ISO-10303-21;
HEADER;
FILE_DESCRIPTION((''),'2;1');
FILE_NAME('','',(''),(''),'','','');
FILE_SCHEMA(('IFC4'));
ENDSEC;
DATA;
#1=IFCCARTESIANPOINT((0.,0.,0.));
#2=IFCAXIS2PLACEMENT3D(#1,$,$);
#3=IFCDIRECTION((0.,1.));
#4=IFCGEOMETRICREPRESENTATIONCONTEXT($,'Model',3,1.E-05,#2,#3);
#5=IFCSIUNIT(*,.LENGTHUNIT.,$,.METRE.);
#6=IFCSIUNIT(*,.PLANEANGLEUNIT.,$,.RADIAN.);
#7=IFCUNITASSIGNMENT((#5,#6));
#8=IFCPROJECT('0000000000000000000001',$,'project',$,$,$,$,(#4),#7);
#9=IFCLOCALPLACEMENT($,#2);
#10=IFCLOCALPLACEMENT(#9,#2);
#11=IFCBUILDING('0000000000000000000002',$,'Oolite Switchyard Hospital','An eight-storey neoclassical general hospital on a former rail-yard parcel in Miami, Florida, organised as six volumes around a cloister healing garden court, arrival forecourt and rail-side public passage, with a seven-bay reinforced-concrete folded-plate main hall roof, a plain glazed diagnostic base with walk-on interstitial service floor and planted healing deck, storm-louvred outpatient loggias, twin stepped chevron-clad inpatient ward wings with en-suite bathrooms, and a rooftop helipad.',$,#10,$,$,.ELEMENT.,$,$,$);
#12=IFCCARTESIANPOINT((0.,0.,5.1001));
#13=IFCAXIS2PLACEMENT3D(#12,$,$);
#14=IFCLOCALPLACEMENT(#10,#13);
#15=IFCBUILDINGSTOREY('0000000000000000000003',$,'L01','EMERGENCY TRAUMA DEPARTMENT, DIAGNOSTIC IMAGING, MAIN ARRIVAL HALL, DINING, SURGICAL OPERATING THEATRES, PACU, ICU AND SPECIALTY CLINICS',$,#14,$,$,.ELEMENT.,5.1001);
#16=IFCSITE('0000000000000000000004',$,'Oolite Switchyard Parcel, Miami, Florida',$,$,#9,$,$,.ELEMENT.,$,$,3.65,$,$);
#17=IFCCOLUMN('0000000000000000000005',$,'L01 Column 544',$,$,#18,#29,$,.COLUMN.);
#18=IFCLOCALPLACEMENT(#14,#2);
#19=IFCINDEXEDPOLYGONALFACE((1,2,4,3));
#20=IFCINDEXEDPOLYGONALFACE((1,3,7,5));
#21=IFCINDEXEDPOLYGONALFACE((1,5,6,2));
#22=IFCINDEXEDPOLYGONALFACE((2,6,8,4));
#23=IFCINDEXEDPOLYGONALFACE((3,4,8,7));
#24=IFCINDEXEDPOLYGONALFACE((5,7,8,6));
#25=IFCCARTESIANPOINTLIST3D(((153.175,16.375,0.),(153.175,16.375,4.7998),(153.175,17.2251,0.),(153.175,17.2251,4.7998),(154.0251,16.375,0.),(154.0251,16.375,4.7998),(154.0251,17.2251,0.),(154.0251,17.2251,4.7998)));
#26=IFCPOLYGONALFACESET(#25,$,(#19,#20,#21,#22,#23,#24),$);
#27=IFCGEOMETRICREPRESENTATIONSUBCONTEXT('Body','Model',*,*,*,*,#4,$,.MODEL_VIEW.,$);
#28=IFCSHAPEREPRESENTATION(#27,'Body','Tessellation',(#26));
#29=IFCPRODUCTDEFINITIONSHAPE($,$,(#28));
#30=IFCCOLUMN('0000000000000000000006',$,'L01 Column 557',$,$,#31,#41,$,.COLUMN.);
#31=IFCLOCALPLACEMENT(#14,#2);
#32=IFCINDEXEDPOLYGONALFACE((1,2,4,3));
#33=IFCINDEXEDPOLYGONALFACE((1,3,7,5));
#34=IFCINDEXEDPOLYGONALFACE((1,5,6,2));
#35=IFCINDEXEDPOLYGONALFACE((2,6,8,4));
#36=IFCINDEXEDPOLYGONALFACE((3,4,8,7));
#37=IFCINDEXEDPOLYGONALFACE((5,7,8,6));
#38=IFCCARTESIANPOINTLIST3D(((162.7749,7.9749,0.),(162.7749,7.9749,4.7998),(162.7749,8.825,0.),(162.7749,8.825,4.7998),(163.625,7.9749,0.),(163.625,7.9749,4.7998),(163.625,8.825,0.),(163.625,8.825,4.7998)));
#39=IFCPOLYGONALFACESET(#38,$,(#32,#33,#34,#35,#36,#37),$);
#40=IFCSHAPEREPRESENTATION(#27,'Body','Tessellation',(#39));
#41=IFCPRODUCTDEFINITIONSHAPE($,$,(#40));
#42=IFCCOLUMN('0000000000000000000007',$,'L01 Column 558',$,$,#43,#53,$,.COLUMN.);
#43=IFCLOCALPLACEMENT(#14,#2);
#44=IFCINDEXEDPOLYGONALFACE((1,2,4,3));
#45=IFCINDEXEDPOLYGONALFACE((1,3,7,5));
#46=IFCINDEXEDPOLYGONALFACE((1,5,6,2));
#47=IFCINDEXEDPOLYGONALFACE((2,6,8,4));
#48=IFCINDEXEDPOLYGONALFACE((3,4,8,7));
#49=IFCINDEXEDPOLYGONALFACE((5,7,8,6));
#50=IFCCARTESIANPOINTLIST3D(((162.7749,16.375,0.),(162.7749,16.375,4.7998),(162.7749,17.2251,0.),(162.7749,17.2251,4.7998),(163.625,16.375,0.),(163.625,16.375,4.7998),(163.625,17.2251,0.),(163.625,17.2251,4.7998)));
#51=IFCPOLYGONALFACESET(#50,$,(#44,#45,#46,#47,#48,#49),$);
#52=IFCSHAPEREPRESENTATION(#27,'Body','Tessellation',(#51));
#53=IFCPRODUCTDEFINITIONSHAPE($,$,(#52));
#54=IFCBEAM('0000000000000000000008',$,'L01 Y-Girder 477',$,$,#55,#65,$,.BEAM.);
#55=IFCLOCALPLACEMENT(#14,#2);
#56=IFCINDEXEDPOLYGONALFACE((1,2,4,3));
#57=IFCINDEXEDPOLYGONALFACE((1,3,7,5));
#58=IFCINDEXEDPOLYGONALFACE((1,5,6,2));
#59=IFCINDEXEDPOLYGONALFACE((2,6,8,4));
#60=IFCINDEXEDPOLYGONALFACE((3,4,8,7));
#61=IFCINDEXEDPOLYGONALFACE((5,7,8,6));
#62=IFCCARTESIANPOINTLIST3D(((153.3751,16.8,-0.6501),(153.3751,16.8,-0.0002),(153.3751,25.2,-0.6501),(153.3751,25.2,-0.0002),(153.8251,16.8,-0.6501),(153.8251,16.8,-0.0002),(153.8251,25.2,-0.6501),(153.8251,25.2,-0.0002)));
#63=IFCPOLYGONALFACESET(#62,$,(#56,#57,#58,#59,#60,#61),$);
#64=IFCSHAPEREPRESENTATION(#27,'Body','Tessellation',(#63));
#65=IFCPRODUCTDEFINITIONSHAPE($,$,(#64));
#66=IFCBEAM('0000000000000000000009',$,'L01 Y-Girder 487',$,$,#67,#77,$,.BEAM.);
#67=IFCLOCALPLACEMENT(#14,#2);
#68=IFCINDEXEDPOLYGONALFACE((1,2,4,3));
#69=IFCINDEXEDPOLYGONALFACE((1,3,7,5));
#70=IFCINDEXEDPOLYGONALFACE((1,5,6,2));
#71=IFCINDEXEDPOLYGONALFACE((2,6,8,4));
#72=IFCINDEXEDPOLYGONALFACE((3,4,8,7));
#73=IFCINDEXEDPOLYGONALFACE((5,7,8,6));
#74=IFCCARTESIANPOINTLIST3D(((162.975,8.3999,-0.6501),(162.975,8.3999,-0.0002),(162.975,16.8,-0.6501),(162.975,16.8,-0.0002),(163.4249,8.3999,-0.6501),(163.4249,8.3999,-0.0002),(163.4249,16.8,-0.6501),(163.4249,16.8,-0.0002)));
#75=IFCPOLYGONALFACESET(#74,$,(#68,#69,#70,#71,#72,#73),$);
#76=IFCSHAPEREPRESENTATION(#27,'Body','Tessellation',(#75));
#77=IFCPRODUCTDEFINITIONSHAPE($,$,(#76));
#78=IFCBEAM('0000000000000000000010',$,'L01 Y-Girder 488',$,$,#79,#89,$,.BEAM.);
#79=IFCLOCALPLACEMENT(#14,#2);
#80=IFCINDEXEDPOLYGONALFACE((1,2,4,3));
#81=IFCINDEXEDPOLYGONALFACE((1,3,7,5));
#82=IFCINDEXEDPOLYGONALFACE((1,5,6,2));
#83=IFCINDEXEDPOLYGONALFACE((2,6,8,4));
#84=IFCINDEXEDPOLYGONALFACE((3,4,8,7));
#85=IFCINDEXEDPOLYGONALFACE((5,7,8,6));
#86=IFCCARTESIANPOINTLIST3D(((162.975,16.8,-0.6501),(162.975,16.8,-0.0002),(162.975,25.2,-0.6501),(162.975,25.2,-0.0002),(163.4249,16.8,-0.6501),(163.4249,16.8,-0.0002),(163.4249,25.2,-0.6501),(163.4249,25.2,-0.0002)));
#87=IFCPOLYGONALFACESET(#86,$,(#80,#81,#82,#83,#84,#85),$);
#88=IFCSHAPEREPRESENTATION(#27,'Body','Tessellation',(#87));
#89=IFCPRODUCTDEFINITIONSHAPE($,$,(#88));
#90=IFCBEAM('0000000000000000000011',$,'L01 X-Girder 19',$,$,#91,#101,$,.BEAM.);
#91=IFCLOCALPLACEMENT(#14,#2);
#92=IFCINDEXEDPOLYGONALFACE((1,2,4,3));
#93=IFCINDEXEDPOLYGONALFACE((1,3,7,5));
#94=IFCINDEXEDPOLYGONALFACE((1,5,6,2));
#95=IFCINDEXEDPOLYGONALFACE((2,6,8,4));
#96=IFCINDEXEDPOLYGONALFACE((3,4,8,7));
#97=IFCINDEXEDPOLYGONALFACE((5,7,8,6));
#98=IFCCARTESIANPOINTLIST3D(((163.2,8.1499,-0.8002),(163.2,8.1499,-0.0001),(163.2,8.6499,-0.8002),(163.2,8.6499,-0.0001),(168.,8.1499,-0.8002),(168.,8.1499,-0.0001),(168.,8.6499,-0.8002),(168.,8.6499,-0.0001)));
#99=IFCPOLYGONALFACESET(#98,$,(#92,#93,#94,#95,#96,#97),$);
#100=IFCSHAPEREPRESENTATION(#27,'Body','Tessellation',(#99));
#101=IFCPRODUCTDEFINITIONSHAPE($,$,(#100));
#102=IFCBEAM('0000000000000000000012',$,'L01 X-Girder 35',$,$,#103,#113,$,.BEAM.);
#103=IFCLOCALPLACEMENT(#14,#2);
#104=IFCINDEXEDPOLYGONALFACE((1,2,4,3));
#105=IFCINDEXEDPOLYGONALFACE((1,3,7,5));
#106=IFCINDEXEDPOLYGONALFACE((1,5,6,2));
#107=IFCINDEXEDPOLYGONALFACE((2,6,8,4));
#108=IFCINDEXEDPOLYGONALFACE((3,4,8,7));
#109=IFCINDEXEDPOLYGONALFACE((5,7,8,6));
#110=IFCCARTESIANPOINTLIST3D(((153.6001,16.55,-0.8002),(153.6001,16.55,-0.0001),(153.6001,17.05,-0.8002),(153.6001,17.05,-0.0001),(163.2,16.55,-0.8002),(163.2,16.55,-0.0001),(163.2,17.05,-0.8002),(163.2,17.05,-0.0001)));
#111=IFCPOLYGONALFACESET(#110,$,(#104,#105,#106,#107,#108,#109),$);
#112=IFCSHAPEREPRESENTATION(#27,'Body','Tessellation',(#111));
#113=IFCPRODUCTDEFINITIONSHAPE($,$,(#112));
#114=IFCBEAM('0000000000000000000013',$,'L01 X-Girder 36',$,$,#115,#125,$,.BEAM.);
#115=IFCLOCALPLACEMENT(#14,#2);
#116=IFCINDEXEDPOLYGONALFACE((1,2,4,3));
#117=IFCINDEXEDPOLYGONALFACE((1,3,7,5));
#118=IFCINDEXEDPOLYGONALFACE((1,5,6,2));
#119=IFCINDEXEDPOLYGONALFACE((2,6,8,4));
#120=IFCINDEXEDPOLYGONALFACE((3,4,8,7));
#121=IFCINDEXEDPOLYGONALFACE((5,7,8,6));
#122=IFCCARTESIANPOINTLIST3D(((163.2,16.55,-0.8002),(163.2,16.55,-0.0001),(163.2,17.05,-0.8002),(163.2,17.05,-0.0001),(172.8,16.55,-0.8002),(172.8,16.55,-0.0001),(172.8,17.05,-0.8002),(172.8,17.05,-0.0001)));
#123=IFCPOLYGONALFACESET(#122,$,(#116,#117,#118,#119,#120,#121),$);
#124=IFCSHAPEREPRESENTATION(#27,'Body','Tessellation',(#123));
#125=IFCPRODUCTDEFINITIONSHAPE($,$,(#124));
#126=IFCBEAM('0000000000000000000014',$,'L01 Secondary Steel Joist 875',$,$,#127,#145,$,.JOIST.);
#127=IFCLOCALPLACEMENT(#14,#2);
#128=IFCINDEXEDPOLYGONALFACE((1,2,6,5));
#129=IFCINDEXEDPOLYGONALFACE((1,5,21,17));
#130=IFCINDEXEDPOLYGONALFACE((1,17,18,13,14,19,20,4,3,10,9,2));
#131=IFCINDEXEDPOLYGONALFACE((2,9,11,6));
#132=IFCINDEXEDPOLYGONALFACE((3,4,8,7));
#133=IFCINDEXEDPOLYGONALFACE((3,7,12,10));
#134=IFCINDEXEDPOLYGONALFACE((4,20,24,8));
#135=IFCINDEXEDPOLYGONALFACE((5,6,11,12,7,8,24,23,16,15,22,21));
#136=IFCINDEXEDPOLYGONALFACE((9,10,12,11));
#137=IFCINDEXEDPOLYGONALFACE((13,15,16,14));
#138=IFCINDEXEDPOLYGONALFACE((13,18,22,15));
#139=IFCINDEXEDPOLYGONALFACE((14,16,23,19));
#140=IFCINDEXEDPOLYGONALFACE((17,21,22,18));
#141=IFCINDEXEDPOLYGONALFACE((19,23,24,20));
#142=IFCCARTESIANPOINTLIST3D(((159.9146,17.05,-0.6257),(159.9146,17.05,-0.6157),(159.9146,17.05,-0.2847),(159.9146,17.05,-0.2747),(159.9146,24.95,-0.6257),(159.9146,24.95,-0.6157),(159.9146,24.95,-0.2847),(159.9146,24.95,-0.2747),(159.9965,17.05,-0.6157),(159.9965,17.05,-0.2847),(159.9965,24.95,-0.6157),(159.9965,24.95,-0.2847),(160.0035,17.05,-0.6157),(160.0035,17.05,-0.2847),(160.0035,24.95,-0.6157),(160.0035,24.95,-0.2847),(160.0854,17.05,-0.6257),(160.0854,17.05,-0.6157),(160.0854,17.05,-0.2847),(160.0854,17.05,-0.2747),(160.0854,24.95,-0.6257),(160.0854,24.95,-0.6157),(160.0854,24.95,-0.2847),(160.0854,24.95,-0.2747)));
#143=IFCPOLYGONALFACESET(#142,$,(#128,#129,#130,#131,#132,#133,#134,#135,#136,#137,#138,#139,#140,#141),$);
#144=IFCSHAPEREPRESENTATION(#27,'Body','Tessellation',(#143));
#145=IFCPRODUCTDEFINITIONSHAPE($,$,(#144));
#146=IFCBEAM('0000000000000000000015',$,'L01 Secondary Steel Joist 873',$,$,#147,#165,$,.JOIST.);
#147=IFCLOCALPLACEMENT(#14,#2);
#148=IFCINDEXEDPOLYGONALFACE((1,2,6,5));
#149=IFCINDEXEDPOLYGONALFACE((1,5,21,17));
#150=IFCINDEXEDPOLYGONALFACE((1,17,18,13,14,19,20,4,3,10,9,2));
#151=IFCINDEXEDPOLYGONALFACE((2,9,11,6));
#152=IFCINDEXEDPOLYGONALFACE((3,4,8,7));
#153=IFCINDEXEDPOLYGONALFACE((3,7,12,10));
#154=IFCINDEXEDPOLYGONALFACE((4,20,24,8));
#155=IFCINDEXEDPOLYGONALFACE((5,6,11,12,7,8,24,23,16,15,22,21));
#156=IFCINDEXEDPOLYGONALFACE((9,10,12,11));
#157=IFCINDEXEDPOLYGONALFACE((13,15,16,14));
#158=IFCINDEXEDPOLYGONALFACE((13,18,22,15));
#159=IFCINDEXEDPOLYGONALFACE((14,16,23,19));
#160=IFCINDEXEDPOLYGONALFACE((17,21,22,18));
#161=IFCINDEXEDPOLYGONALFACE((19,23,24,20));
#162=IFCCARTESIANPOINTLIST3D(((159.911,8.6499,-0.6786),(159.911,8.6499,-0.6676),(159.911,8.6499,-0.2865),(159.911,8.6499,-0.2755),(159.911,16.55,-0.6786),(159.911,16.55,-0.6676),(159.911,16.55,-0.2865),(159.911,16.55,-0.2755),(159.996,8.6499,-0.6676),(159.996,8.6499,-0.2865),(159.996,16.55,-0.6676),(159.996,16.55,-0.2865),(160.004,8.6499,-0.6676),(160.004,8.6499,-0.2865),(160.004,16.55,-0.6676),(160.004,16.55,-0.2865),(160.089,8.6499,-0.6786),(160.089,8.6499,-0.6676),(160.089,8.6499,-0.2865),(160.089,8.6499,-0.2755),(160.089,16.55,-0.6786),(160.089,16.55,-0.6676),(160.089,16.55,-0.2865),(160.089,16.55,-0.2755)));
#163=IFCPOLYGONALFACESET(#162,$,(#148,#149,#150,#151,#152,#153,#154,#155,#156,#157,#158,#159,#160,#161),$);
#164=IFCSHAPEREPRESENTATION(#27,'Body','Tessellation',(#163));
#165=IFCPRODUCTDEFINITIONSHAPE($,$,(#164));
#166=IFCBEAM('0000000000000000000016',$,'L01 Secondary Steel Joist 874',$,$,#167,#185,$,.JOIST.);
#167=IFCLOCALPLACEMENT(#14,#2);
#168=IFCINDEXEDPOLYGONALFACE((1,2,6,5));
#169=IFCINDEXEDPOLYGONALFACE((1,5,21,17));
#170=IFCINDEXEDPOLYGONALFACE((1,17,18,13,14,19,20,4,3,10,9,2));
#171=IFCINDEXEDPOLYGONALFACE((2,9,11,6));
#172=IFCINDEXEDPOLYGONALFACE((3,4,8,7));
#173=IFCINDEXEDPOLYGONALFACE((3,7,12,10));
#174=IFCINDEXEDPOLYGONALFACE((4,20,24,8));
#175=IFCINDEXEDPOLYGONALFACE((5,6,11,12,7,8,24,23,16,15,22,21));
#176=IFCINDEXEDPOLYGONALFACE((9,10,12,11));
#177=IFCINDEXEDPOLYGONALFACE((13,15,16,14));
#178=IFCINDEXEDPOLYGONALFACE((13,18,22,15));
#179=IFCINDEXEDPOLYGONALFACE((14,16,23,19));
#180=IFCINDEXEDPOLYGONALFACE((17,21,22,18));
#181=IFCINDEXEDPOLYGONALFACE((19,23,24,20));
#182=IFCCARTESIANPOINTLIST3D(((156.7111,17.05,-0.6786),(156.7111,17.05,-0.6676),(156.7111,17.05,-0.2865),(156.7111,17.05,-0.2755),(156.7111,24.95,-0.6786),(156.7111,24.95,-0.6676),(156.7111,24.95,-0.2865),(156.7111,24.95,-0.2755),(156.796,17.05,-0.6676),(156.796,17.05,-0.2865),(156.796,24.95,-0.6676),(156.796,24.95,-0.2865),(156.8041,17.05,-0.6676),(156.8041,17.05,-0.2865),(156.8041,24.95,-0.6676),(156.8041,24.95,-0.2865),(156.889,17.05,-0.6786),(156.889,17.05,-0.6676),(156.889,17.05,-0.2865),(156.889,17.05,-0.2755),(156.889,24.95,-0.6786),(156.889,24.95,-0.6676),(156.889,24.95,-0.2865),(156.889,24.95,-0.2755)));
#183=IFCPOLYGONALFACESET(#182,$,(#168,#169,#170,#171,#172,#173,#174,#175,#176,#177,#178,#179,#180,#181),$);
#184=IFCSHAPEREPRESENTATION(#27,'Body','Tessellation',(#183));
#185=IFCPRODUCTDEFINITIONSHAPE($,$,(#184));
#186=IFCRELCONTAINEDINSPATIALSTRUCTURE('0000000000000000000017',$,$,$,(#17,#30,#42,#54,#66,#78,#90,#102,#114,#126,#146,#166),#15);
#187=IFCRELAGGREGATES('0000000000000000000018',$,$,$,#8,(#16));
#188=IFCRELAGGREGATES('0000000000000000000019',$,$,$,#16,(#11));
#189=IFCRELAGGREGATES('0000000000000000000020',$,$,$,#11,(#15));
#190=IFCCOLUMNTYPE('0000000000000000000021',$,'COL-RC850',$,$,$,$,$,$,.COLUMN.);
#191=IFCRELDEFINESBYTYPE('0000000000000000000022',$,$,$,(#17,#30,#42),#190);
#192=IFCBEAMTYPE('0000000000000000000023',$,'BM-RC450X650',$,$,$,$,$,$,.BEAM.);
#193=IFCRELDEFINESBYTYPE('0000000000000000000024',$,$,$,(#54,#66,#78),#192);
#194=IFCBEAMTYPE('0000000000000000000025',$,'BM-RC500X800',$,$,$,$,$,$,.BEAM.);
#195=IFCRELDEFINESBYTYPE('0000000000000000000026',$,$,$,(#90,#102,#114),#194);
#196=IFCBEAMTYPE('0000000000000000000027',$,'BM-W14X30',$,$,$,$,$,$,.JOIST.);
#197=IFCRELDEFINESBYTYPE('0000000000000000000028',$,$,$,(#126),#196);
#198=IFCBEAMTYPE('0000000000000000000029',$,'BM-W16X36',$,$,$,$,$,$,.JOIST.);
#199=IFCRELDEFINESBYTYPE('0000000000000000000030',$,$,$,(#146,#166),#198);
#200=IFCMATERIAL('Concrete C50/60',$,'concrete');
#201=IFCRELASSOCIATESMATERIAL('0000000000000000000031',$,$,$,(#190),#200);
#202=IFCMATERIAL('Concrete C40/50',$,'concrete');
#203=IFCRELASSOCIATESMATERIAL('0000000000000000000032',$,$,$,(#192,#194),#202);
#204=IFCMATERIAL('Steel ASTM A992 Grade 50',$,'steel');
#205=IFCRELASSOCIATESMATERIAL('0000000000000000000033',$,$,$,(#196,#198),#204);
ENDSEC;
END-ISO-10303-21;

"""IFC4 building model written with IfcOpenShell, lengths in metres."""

from ifc_helpers import new_model, si_unit, direction, frame, origin, origin_2d, place, context, subcontext, project, spatial, rectangle, i_section, extrude, material, material_profile, profile_set, type_object, element, save


model = new_model("IFC4")

# Units and contexts
model_context = context("Model", 3, precision=1e-05, world=origin(), true_north=direction((0.0, 1.0)))
body_context = subcontext(model_context, "Body", "Model", "MODEL_VIEW")
ifc_project = project(units=[si_unit("LENGTHUNIT", "METRE"), si_unit("PLANEANGLEUNIT", "RADIAN")], contexts=[model_context])

# Site, building, storey
site_placement = place(None, origin())
site = spatial("IfcSite", under=ifc_project, at=site_placement, Name="Oolite Switchyard Parcel, Miami, Florida", CompositionType="ELEMENT", RefElevation=3.65)
building_placement = place(site_placement, origin())
building = spatial("IfcBuilding", under=site, at=building_placement, Name="Oolite Switchyard Hospital", Description="An eight-storey neoclassical general hospital on a former rail-yard parcel in Miami, Florida, organised as six volumes around a cloister healing garden court, arrival forecourt and rail-side public passage, with a seven-bay reinforced-concrete folded-plate main hall roof, a plain glazed diagnostic base with walk-on interstitial service floor and planted healing deck, storm-louvred outpatient loggias, twin stepped chevron-clad inpatient ward wings with en-suite bathrooms, and a rooftop helipad.", CompositionType="ELEMENT")
storey_placement = place(building_placement, frame((0.0, 0.0, 5.1001)))
storey = spatial("IfcBuildingStorey", under=building, at=storey_placement, Name="L01", Description="EMERGENCY TRAUMA DEPARTMENT, DIAGNOSTIC IMAGING, MAIN ARRIVAL HALL, DINING, SURGICAL OPERATING THEATRES, PACU, ICU AND SPECIALTY CLINICS", CompositionType="ELEMENT", Elevation=5.1001)

# Columns
ifc_material_1 = material(Name="Concrete C50/60", Category="concrete")
ifc_material_profile_1 = material_profile(ifc_material_1, rectangle(XDim=0.8501, YDim=0.8501, at=origin_2d()), Name="RC850X850")
ifc_profile_set_1 = profile_set([ifc_material_profile_1], Name="Concrete C50/60")
column_type = type_object("IfcColumnType", Name="COL-RC850", PredefinedType="COLUMN", material=ifc_profile_set_1)
for number, where, z_axis, x_axis, name in (
    (1, (153.6001, 16.8, 0.0), (0.0, 0.0, 1.0), (1.0, 0.0, 0.0), "L01 Column 544"),
    (2, (163.2, 8.3999, 0.0), (0.0, 0.0, 1.0), (1.0, 0.0, 0.0), "L01 Column 557"),
    (3, (163.2, 16.8, 0.0), (0.0, 0.0, 1.0), (1.0, 0.0, 0.0), "L01 Column 558"),
):
    element("IfcColumn", number, at=place(storey_placement, frame(where, z_axis=z_axis, x_axis=x_axis)), inside=storey, type_object=column_type, Name=name, PredefinedType="COLUMN", context=body_context, shape_type="SweptSolid", body=[
        extrude(rectangle(XDim=0.8501, YDim=0.8501, at=origin_2d()), origin(), (0.0, 0.0, 1.0), 4.7998),
    ])

# Beams
ifc_material_2 = material(Name="Concrete C40/50", Category="concrete")
ifc_material_profile_2 = material_profile(ifc_material_2, rectangle(XDim=0.45, YDim=0.6499, at=origin_2d()), Name="RCB450X650")
ifc_profile_set_2 = profile_set([ifc_material_profile_2], Name="Concrete C40/50")
beam_type_1 = type_object("IfcBeamType", Name="BM-RC450X650", PredefinedType="BEAM", material=ifc_profile_set_2)
beam_1_placement = place(storey_placement, frame((153.6001, 16.8, -0.3252), z_axis=(0.0, 1.0, 0.0), x_axis=(-1.0, 0.0, 0.0)))
element("IfcBeam", 4, at=beam_1_placement, inside=storey, type_object=beam_type_1, Name="L01 Y-Girder 477", PredefinedType="BEAM", context=body_context, shape_type="SweptSolid", body=[
    extrude(rectangle(XDim=0.45, YDim=0.6499, at=origin_2d()), origin(), (0.0, 0.0, 1.0), 8.3999),
])
beam_2_placement = place(storey_placement, frame((163.2, 8.3999, -0.3252), z_axis=(0.0, 1.0, 0.0), x_axis=(-1.0, 0.0, 0.0)))
element("IfcBeam", 5, at=beam_2_placement, inside=storey, type_object=beam_type_1, Name="L01 Y-Girder 487", PredefinedType="BEAM", context=body_context, shape_type="SweptSolid", body=[
    extrude(rectangle(XDim=0.45, YDim=0.6499, at=origin_2d()), origin(), (0.0, 0.0, 1.0), 8.4001),
])
beam_3_placement = place(storey_placement, frame((163.2, 16.8, -0.3252), z_axis=(0.0, 1.0, 0.0), x_axis=(-1.0, 0.0, 0.0)))
element("IfcBeam", 6, at=beam_3_placement, inside=storey, type_object=beam_type_1, Name="L01 Y-Girder 488", PredefinedType="BEAM", context=body_context, shape_type="SweptSolid", body=[
    extrude(rectangle(XDim=0.45, YDim=0.6499, at=origin_2d()), origin(), (0.0, 0.0, 1.0), 8.3999),
])
ifc_material_profile_3 = material_profile(ifc_material_2, rectangle(XDim=0.5, YDim=0.8, at=origin_2d()), Name="RCB500X800")
ifc_profile_set_3 = profile_set([ifc_material_profile_3], Name="Concrete C40/50")
beam_type_2 = type_object("IfcBeamType", Name="BM-RC500X800", PredefinedType="BEAM", material=ifc_profile_set_3)
beam_4_placement = place(storey_placement, frame((163.2, 8.3999, -0.4001), z_axis=(1.0, 0.0, 0.0), x_axis=(0.0, 1.0, 0.0)))
element("IfcBeam", 7, at=beam_4_placement, inside=storey, type_object=beam_type_2, Name="L01 X-Girder 19", PredefinedType="BEAM", context=body_context, shape_type="SweptSolid", body=[
    extrude(rectangle(XDim=0.5, YDim=0.8, at=origin_2d()), origin(), (0.0, 0.0, 1.0), 4.8),
])
beam_5_placement = place(storey_placement, frame((153.6001, 16.8, -0.4001), z_axis=(1.0, 0.0, 0.0), x_axis=(0.0, 1.0, 0.0)))
element("IfcBeam", 8, at=beam_5_placement, inside=storey, type_object=beam_type_2, Name="L01 X-Girder 35", PredefinedType="BEAM", context=body_context, shape_type="SweptSolid", body=[
    extrude(rectangle(XDim=0.5, YDim=0.8, at=origin_2d()), origin(), (0.0, 0.0, 1.0), 9.5999),
])
beam_6_placement = place(storey_placement, frame((163.2, 16.8, -0.4001), z_axis=(1.0, 0.0, 0.0), x_axis=(0.0, 1.0, 0.0)))
element("IfcBeam", 9, at=beam_6_placement, inside=storey, type_object=beam_type_2, Name="L01 X-Girder 36", PredefinedType="BEAM", context=body_context, shape_type="SweptSolid", body=[
    extrude(rectangle(XDim=0.5, YDim=0.8, at=origin_2d()), origin(), (0.0, 0.0, 1.0), 9.6001),
])
ifc_material_3 = material(Name="Steel ASTM A992 Grade 50", Category="steel")
ifc_material_profile_4 = material_profile(ifc_material_3, i_section(OverallWidth=0.1709, OverallDepth=0.3511, WebThickness=0.0071, FlangeThickness=0.01, at=origin_2d()), Name="W14X30")
ifc_profile_set_4 = profile_set([ifc_material_profile_4], Name="Steel ASTM A992 Grade 50")
beam_type_3 = type_object("IfcBeamType", Name="BM-W14X30", PredefinedType="JOIST", material=ifc_profile_set_4)
beam_7_placement = place(storey_placement, frame((160.0, 17.05, -0.4502), z_axis=(0.0, 1.0, 0.0), x_axis=(-1.0, 0.0, 0.0)))
element("IfcBeam", 10, at=beam_7_placement, inside=storey, type_object=beam_type_3, Name="L01 Secondary Steel Joist 875", PredefinedType="JOIST", context=body_context, shape_type="SweptSolid", body=[
    extrude(i_section(OverallWidth=0.1709, OverallDepth=0.3511, WebThickness=0.0071, FlangeThickness=0.01, at=origin_2d()), origin(), (0.0, 0.0, 1.0), 7.8999),
])
ifc_material_profile_5 = material_profile(ifc_material_3, i_section(OverallWidth=0.178, OverallDepth=0.4031, WebThickness=0.0081, FlangeThickness=0.011, at=origin_2d()), Name="W16X36")
ifc_profile_set_5 = profile_set([ifc_material_profile_5], Name="Steel ASTM A992 Grade 50")
beam_type_4 = type_object("IfcBeamType", Name="BM-W16X36", PredefinedType="JOIST", material=ifc_profile_set_5)
beam_8_placement = place(storey_placement, frame((160.0, 8.6499, -0.4771), z_axis=(0.0, 1.0, 0.0), x_axis=(-1.0, 0.0, 0.0)))
element("IfcBeam", 11, at=beam_8_placement, inside=storey, type_object=beam_type_4, Name="L01 Secondary Steel Joist 873", PredefinedType="JOIST", context=body_context, shape_type="SweptSolid", body=[
    extrude(i_section(OverallWidth=0.178, OverallDepth=0.4031, WebThickness=0.0081, FlangeThickness=0.011, at=origin_2d()), origin(), (0.0, 0.0, 1.0), 7.9001),
])
beam_9_placement = place(storey_placement, frame((156.8, 17.05, -0.4771), z_axis=(0.0, 1.0, 0.0), x_axis=(-1.0, 0.0, 0.0)))
element("IfcBeam", 12, at=beam_9_placement, inside=storey, type_object=beam_type_4, Name="L01 Secondary Steel Joist 874", PredefinedType="JOIST", context=body_context, shape_type="SweptSolid", body=[
    extrude(i_section(OverallWidth=0.178, OverallDepth=0.4031, WebThickness=0.0081, FlangeThickness=0.011, at=origin_2d()), origin(), (0.0, 0.0, 1.0), 7.8999),
])

save(model, "model.ifc")
